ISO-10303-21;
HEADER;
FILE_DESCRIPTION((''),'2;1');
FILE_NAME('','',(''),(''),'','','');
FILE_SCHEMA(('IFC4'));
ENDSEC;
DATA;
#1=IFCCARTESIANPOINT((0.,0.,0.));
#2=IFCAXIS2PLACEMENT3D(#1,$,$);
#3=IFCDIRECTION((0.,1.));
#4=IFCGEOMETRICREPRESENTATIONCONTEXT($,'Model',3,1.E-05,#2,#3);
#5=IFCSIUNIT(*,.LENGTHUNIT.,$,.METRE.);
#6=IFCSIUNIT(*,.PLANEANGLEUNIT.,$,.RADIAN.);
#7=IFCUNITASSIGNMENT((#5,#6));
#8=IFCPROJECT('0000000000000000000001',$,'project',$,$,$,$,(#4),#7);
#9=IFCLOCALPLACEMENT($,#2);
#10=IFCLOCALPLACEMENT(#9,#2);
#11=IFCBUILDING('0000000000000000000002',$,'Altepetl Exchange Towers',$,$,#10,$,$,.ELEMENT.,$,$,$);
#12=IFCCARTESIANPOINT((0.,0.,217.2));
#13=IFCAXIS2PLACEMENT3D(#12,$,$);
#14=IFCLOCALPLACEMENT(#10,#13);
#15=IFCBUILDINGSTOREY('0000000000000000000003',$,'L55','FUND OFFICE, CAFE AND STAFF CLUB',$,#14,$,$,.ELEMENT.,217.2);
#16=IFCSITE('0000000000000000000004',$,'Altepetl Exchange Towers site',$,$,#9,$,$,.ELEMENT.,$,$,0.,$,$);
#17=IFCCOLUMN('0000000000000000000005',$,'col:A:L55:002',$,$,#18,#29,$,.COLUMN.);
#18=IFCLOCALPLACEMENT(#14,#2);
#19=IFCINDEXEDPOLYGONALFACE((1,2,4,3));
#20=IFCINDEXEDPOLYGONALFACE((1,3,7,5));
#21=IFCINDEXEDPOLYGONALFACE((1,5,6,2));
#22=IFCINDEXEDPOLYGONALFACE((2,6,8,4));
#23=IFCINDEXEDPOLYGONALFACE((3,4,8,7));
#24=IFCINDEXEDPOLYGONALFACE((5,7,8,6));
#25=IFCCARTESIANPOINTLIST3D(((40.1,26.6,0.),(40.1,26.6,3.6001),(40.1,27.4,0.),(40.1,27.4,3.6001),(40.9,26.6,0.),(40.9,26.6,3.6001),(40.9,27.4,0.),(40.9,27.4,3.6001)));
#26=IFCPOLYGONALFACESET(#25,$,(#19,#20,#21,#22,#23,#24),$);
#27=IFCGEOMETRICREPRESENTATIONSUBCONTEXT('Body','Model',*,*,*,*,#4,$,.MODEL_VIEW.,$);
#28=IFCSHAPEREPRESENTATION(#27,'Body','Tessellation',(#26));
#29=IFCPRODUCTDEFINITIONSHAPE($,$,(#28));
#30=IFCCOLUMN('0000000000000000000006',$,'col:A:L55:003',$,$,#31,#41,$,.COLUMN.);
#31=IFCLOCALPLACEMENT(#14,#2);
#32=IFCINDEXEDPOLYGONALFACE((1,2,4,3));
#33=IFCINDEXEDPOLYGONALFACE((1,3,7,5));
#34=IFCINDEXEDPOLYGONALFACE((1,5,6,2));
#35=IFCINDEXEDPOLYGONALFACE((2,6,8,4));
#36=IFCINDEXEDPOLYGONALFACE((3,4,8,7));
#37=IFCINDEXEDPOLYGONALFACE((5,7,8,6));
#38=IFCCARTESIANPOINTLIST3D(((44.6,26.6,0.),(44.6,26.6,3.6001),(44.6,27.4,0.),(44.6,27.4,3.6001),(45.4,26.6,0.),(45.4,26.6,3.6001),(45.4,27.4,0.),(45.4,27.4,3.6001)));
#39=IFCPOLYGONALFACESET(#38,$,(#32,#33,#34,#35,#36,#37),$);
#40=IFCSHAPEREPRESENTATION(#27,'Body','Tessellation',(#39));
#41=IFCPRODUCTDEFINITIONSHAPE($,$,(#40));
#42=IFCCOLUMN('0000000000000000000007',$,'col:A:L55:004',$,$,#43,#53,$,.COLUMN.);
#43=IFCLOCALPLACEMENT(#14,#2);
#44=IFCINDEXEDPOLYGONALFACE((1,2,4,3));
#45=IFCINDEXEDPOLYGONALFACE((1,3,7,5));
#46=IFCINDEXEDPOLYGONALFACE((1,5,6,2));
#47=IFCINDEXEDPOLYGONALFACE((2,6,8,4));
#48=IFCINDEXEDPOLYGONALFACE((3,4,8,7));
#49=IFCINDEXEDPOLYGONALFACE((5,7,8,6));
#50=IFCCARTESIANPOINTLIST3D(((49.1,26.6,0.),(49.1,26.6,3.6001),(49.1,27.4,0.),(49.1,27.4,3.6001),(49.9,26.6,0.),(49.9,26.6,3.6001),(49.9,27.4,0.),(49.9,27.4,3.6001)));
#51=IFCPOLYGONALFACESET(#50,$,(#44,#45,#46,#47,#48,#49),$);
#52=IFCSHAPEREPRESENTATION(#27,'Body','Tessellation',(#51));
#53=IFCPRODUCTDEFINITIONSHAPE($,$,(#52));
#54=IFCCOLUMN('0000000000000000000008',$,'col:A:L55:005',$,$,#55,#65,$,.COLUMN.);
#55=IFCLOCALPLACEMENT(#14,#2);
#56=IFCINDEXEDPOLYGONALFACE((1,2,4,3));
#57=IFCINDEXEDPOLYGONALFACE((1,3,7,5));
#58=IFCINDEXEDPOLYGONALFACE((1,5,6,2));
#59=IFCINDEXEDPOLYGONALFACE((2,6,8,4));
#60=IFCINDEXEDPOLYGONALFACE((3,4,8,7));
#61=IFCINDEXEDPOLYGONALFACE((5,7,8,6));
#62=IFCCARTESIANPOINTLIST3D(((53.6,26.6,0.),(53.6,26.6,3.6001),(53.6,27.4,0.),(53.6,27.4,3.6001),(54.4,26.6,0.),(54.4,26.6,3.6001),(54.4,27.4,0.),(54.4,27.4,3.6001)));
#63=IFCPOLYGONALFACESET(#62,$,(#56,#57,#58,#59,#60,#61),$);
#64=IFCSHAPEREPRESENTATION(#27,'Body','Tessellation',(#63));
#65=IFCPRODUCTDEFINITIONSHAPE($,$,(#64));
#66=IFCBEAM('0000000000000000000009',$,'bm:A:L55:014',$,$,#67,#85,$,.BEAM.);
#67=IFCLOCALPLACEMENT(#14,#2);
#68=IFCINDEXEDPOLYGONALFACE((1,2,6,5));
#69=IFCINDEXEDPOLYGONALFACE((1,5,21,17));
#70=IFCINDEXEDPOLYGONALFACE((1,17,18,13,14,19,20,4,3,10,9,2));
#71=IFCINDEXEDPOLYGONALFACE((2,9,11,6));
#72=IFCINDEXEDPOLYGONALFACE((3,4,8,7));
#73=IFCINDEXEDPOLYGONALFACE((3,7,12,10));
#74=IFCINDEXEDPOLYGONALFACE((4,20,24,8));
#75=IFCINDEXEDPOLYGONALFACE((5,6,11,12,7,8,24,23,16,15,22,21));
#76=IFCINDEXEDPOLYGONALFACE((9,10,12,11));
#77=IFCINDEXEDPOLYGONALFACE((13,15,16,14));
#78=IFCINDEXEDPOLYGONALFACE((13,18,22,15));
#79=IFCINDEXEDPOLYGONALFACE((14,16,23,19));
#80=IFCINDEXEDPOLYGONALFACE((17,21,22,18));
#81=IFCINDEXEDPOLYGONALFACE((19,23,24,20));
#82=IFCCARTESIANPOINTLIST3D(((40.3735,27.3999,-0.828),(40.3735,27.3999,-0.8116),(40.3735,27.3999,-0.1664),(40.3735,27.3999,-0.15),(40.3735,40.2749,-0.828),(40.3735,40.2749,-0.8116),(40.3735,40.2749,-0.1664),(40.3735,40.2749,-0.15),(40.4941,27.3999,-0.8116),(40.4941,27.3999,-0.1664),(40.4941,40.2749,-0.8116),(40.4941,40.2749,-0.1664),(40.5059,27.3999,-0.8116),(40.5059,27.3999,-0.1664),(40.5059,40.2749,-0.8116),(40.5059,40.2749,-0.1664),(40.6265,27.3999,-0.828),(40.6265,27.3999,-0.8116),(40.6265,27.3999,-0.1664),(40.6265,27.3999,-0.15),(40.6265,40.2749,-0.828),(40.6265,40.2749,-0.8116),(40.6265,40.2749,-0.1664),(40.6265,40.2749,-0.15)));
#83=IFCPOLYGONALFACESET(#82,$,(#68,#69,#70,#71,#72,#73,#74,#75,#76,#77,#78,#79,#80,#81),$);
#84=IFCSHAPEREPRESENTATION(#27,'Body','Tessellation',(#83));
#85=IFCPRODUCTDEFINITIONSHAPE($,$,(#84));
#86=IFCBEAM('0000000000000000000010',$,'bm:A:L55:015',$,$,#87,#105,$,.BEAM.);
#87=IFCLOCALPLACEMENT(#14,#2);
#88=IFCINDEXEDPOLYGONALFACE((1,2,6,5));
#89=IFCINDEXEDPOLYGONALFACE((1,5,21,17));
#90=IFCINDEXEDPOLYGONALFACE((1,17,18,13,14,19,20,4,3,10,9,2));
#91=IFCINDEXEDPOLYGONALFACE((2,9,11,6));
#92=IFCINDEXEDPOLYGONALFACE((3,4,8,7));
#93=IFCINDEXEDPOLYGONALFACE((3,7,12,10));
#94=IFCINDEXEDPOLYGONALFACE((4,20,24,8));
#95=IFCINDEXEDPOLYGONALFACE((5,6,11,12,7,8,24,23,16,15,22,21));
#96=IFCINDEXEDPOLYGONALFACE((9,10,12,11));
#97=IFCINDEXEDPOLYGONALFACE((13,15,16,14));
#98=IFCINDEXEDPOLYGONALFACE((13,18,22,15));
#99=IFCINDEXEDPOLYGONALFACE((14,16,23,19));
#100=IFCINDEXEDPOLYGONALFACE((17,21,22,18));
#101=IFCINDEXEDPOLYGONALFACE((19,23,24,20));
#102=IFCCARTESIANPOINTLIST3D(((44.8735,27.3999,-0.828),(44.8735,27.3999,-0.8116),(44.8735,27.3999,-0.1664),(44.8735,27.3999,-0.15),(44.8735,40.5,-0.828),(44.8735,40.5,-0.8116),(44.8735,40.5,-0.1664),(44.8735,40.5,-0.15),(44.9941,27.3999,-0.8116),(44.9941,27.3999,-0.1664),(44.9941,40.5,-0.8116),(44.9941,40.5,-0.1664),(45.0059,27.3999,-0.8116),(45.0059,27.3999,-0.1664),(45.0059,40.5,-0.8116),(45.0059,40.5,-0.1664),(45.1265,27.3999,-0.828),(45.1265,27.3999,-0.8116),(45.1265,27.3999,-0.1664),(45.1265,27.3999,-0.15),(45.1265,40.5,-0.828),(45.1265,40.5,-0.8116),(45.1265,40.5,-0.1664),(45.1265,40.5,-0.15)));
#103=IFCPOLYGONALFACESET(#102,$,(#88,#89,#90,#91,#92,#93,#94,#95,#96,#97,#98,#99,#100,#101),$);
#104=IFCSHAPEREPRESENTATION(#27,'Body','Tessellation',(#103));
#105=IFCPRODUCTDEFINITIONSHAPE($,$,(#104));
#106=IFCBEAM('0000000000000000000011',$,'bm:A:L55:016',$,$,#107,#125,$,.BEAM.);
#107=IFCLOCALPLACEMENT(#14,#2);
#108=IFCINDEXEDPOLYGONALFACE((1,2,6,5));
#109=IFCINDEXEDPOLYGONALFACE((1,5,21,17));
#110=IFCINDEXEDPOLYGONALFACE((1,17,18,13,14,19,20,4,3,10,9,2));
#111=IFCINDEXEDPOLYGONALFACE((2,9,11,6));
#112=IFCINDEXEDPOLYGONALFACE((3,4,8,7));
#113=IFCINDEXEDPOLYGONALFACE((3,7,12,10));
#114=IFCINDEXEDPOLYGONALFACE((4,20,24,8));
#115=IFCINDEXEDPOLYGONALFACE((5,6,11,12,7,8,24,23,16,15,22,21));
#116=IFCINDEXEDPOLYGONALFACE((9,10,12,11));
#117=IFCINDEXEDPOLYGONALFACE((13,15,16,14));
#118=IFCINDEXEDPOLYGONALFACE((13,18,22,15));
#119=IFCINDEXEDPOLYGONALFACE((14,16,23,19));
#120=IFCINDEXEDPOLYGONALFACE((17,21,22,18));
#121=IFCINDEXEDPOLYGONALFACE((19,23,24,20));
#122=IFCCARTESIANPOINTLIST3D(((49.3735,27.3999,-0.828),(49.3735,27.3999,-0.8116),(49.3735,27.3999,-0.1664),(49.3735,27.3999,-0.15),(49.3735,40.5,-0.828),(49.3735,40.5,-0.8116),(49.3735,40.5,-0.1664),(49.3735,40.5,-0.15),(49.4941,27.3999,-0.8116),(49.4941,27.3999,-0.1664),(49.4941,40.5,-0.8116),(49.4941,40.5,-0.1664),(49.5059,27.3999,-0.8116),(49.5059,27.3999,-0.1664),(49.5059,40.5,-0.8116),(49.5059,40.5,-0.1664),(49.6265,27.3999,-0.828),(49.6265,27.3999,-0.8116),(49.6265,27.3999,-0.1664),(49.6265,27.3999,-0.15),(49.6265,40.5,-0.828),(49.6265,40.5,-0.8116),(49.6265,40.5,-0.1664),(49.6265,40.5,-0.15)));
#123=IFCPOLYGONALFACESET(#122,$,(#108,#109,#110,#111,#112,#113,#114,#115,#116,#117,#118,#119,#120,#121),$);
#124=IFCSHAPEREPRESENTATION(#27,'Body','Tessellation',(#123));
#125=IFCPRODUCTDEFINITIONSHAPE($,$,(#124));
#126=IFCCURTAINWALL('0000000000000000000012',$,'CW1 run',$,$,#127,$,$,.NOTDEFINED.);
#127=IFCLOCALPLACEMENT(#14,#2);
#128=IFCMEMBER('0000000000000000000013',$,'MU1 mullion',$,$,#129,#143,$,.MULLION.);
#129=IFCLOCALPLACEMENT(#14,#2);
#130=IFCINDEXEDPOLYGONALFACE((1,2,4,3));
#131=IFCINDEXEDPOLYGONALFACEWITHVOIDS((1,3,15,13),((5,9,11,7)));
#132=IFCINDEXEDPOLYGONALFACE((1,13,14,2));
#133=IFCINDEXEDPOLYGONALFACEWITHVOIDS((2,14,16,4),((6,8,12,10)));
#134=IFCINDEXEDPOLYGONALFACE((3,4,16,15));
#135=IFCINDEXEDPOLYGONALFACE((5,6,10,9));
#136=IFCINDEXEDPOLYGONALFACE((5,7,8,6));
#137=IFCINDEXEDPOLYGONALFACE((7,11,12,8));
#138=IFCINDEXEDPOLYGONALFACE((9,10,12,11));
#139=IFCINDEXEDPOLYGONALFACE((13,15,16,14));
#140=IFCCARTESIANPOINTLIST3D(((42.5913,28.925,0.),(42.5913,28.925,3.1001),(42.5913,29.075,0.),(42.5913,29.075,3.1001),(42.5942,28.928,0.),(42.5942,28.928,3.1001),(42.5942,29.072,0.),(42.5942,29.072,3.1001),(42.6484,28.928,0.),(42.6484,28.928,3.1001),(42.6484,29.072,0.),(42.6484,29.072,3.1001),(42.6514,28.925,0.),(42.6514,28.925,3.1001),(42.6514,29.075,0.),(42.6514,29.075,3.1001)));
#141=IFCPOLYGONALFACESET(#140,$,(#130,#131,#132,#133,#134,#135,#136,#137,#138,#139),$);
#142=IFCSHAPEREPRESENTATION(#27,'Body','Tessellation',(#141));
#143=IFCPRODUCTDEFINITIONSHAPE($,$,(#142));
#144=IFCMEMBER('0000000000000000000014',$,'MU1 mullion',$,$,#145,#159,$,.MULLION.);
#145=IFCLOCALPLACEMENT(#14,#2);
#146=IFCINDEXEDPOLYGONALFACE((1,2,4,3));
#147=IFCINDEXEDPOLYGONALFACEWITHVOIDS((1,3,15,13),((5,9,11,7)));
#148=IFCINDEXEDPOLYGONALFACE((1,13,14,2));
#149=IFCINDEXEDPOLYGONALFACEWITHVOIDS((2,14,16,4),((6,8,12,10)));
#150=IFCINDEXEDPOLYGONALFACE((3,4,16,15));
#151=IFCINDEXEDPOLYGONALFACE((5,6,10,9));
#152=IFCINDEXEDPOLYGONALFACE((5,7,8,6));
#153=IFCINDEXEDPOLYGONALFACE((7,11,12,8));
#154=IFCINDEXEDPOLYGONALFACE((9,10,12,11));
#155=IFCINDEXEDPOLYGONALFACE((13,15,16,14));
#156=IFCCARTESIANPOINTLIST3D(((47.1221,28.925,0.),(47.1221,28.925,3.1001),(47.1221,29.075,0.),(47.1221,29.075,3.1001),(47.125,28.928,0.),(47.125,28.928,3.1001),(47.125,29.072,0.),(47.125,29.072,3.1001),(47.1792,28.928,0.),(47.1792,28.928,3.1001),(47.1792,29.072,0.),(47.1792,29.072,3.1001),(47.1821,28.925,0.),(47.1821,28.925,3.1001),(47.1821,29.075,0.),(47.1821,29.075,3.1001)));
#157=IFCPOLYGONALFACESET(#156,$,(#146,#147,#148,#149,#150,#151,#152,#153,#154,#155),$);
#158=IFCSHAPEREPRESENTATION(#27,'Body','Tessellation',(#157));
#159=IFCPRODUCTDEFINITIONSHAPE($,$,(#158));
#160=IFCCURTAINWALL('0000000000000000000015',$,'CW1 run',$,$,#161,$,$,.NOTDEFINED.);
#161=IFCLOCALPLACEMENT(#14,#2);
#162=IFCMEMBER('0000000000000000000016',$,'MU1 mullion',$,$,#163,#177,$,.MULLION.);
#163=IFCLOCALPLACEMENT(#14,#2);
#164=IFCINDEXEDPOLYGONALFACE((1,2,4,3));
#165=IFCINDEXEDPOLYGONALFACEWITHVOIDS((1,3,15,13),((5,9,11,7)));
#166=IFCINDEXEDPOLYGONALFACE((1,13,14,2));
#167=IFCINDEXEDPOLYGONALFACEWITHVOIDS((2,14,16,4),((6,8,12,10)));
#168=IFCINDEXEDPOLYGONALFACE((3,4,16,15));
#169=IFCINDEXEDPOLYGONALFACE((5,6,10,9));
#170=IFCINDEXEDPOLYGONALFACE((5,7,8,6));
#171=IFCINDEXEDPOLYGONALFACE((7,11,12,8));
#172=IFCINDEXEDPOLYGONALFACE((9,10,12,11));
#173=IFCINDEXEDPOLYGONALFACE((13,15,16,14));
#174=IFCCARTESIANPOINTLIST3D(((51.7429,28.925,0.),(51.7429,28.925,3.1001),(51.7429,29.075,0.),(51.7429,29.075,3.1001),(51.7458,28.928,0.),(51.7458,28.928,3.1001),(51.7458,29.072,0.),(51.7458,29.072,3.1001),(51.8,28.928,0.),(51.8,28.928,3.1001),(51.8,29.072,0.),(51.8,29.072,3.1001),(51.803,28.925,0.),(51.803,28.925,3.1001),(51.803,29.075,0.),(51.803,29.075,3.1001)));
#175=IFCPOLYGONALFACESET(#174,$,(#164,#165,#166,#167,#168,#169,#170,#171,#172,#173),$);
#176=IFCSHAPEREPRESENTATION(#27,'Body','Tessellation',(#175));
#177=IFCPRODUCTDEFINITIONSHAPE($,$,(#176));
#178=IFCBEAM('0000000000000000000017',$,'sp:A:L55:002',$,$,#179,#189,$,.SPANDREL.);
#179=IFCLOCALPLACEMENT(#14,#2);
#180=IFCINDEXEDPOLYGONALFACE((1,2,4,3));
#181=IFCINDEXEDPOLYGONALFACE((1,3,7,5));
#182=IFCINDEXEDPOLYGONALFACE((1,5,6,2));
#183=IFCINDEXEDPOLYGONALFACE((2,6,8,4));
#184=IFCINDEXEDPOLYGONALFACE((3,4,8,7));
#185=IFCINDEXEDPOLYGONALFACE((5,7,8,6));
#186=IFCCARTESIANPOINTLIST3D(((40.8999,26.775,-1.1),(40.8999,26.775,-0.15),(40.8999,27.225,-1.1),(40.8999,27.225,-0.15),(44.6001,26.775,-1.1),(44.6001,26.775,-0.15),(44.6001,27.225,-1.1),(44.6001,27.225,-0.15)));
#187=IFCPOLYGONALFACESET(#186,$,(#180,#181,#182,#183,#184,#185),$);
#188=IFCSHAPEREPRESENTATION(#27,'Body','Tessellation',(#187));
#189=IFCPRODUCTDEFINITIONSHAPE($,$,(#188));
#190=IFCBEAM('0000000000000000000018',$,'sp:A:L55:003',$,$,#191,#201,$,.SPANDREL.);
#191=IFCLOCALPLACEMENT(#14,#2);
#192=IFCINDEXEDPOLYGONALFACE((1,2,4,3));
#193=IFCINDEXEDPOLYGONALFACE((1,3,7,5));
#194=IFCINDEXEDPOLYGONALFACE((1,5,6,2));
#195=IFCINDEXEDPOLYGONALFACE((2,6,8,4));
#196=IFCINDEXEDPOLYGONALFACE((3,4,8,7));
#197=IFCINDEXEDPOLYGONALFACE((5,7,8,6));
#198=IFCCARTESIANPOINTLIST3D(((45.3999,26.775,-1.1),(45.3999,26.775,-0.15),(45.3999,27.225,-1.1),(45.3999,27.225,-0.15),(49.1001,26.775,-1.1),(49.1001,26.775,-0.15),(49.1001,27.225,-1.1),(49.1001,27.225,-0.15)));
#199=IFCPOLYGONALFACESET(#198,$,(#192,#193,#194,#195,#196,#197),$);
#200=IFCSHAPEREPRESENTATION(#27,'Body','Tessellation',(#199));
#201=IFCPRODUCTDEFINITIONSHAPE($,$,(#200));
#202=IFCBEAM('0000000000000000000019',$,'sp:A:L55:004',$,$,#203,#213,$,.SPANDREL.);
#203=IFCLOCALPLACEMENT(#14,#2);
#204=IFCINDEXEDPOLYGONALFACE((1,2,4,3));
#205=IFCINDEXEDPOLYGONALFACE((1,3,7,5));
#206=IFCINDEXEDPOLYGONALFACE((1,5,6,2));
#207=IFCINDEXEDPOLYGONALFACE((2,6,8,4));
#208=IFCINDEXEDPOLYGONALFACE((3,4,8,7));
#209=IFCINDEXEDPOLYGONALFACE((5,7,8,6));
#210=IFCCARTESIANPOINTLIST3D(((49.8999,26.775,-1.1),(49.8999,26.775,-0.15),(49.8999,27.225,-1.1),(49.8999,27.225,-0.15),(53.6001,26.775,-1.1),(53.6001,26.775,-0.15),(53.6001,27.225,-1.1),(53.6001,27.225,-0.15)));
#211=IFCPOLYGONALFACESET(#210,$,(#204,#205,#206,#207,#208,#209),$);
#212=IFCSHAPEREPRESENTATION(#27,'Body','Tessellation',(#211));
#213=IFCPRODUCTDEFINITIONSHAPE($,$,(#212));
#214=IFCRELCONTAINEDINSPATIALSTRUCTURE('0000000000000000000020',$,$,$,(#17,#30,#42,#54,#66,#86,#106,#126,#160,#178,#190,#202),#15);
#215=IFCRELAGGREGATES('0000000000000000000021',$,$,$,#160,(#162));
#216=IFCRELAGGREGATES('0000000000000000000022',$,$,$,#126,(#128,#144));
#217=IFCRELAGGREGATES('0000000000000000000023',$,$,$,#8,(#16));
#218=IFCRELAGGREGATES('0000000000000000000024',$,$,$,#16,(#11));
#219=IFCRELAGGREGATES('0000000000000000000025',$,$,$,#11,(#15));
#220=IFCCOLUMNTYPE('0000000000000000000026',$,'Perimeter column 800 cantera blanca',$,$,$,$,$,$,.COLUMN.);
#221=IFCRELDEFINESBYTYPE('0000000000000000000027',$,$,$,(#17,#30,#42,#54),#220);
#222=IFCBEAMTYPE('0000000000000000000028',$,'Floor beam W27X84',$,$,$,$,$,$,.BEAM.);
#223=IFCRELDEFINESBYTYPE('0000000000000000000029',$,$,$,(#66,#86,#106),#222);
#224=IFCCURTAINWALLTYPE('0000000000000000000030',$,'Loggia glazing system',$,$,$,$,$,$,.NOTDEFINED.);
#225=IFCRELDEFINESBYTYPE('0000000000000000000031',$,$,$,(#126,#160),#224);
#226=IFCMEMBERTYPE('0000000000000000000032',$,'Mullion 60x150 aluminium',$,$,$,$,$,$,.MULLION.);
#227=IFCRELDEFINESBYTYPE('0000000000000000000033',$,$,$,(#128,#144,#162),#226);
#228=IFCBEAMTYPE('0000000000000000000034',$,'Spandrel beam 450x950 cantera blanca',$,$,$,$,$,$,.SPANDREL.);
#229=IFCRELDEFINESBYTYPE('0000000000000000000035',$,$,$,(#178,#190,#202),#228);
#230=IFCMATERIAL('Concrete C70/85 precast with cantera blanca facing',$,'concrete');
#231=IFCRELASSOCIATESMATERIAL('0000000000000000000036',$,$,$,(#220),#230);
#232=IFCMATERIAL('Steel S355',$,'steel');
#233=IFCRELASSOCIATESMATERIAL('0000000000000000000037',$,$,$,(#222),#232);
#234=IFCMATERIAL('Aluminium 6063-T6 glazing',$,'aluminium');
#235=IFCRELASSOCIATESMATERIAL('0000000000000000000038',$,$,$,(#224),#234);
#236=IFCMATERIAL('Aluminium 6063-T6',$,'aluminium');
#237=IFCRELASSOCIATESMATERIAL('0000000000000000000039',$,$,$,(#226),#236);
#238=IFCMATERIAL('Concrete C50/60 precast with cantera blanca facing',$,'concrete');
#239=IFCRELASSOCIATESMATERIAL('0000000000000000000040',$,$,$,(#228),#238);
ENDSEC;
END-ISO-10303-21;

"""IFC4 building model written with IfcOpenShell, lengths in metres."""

from ifc_helpers import new_model, si_unit, direction, frame, origin, origin_2d, place, context, subcontext, project, spatial, rectangle, hollow_rectangle, i_section, extrude, material, material_profile, profile_set, type_object, element, aggregate, save


model = new_model("IFC4")

# Units and contexts
model_context = context("Model", 3, precision=1e-05, world=origin(), true_north=direction((0.0, 1.0)))
body_context = subcontext(model_context, "Body", "Model", "MODEL_VIEW")
ifc_project = project(units=[si_unit("LENGTHUNIT", "METRE"), si_unit("PLANEANGLEUNIT", "RADIAN")], contexts=[model_context])

# Site, building, storey
site_placement = place(None, origin())
site = spatial("IfcSite", under=ifc_project, at=site_placement, Name="Altepetl Exchange Towers site", CompositionType="ELEMENT", RefElevation=0.0)
building_placement = place(site_placement, origin())
building = spatial("IfcBuilding", under=site, at=building_placement, Name="Altepetl Exchange Towers", CompositionType="ELEMENT")
storey_placement = place(building_placement, frame((0.0, 0.0, 217.2)))
storey = spatial("IfcBuildingStorey", under=building, at=storey_placement, Name="L55", Description="FUND OFFICE, CAFE AND STAFF CLUB", CompositionType="ELEMENT", Elevation=217.2)

# Columns
ifc_material_1 = material(Name="Concrete C70/85 precast with cantera blanca facing", Category="concrete")
ifc_material_profile_1 = material_profile(ifc_material_1, rectangle(XDim=0.8, YDim=0.8, at=origin_2d()), Name="800 x 800")
ifc_profile_set_1 = profile_set([ifc_material_profile_1], Name="Concrete C70/85 precast with cantera blanca facing")
column_type = type_object("IfcColumnType", Name="Perimeter column 800 cantera blanca", PredefinedType="COLUMN", material=ifc_profile_set_1)
for number, where, name in (
    (1, (40.5, 27.0, 0.0), "col:A:L55:002"),
    (2, (45.0, 27.0, 0.0), "col:A:L55:003"),
    (3, (49.5, 27.0, 0.0), "col:A:L55:004"),
    (4, (54.0, 27.0, 0.0), "col:A:L55:005"),
):
    element("IfcColumn", number, at=place(storey_placement, frame(where)), inside=storey, type_object=column_type, Name=name, PredefinedType="COLUMN", context=body_context, shape_type="SweptSolid", body=[
        extrude(rectangle(XDim=0.8, YDim=0.8, at=origin_2d()), origin(), (0.0, 0.0, 1.0), 3.6001),
    ])

# Beams
ifc_material_2 = material(Name="Steel S355", Category="steel")
ifc_material_profile_2 = material_profile(ifc_material_2, i_section(OverallWidth=0.2529, OverallDepth=0.678, WebThickness=0.0117, FlangeThickness=0.0164, at=origin_2d()), Name="W27X84")
ifc_profile_set_2 = profile_set([ifc_material_profile_2], Name="Steel S355")
beam_type_1 = type_object("IfcBeamType", Name="Floor beam W27X84", PredefinedType="BEAM", material=ifc_profile_set_2)
beam_placement = place(storey_placement, frame((40.5, 27.3999, -0.489), z_axis=(0.0, 1.0, 0.0), x_axis=(-1.0, 0.0, 0.0)))
element("IfcBeam", 5, at=beam_placement, inside=storey, type_object=beam_type_1, Name="bm:A:L55:014", PredefinedType="BEAM", context=body_context, shape_type="SweptSolid", body=[
    extrude(i_section(OverallWidth=0.2529, OverallDepth=0.678, WebThickness=0.0117, FlangeThickness=0.0164, at=origin_2d()), origin(), (0.0, 0.0, 1.0), 12.875),
])
for number, where, z_axis, x_axis, name in (
    (6, (45.0, 27.3999, -0.489), (0.0, 1.0, 0.0), (-1.0, 0.0, 0.0), "bm:A:L55:015"),
    (7, (49.5, 27.3999, -0.489), (0.0, 1.0, 0.0), (-1.0, 0.0, 0.0), "bm:A:L55:016"),
):
    element("IfcBeam", number, at=place(storey_placement, frame(where, z_axis=z_axis, x_axis=x_axis)), inside=storey, type_object=beam_type_1, Name=name, PredefinedType="BEAM", context=body_context, shape_type="SweptSolid", body=[
        extrude(i_section(OverallWidth=0.2529, OverallDepth=0.678, WebThickness=0.0117, FlangeThickness=0.0164, at=origin_2d()), origin(), (0.0, 0.0, 1.0), 13.1001),
    ])

# Curtain wall, members
ifc_material_3 = material(Name="Aluminium 6063-T6 glazing", Category="aluminium")
curtain_wall_type = type_object("IfcCurtainWallType", Name="Loggia glazing system", PredefinedType="NOTDEFINED", material=ifc_material_3)
curtain_wall_1_placement = place(storey_placement, origin())
curtain_wall_1 = element("IfcCurtainWall", 8, at=curtain_wall_1_placement, inside=storey, type_object=curtain_wall_type, Name="CW1 run", PredefinedType="NOTDEFINED")
ifc_material_4 = material(Name="Aluminium 6063-T6", Category="aluminium")
ifc_material_profile_3 = material_profile(ifc_material_4, hollow_rectangle(XDim=0.0601, YDim=0.1499, WallThickness=0.0029, at=origin_2d()), Name="Mullion 60x150 aluminium")
ifc_profile_set_3 = profile_set([ifc_material_profile_3], Name="Aluminium 6063-T6")
member_type = type_object("IfcMemberType", Name="Mullion 60x150 aluminium", PredefinedType="MULLION", material=ifc_profile_set_3)
member_1_placement = place(storey_placement, frame((42.6213, 29.0, 0.0)))
member_1 = element("IfcMember", 9, at=member_1_placement, type_object=member_type, Name="MU1 mullion", PredefinedType="MULLION", context=body_context, shape_type="SweptSolid", body=[
    extrude(hollow_rectangle(XDim=0.0601, YDim=0.1499, WallThickness=0.0029, at=origin_2d()), origin(), (0.0, 0.0, 1.0), 3.1001),
])
member_2_placement = place(storey_placement, frame((47.1521, 29.0, 0.0)))
member_2 = element("IfcMember", 10, at=member_2_placement, type_object=member_type, Name="MU1 mullion", PredefinedType="MULLION", context=body_context, shape_type="SweptSolid", body=[
    extrude(hollow_rectangle(XDim=0.0601, YDim=0.1499, WallThickness=0.0029, at=origin_2d()), origin(), (0.0, 0.0, 1.0), 3.1001),
])

# Curtain wall, member
curtain_wall_2_placement = place(storey_placement, origin())
curtain_wall_2 = element("IfcCurtainWall", 11, at=curtain_wall_2_placement, inside=storey, type_object=curtain_wall_type, Name="CW1 run", PredefinedType="NOTDEFINED")
member_3_placement = place(storey_placement, frame((51.7729, 29.0, 0.0)))
member_3 = element("IfcMember", 12, at=member_3_placement, type_object=member_type, Name="MU1 mullion", PredefinedType="MULLION", context=body_context, shape_type="SweptSolid", body=[
    extrude(hollow_rectangle(XDim=0.0601, YDim=0.1499, WallThickness=0.0029, at=origin_2d()), origin(), (0.0, 0.0, 1.0), 3.1001),
])
aggregate(curtain_wall_2, [member_3])

# Beams
ifc_material_5 = material(Name="Concrete C50/60 precast with cantera blanca facing", Category="concrete")
ifc_material_profile_4 = material_profile(ifc_material_5, rectangle(XDim=0.45, YDim=0.95, at=origin_2d()), Name="450 x 950")
ifc_profile_set_4 = profile_set([ifc_material_profile_4], Name="Concrete C50/60 precast with cantera blanca facing")
beam_type_2 = type_object("IfcBeamType", Name="Spandrel beam 450x950 cantera blanca", PredefinedType="SPANDREL", material=ifc_profile_set_4)
for number, where, z_axis, x_axis, name in (
    (13, (40.8999, 27.0, -0.625), (1.0, 0.0, 0.0), (0.0, 1.0, 0.0), "sp:A:L55:002"),
    (14, (45.3999, 27.0, -0.625), (1.0, 0.0, 0.0), (0.0, 1.0, 0.0), "sp:A:L55:003"),
    (15, (49.8999, 27.0, -0.625), (1.0, 0.0, 0.0), (0.0, 1.0, 0.0), "sp:A:L55:004"),
):
    element("IfcBeam", number, at=place(storey_placement, frame(where, z_axis=z_axis, x_axis=x_axis)), inside=storey, type_object=beam_type_2, Name=name, PredefinedType="SPANDREL", context=body_context, shape_type="SweptSolid", body=[
        extrude(rectangle(XDim=0.45, YDim=0.95, at=origin_2d()), origin(), (0.0, 0.0, 1.0), 3.7002),
    ])

aggregate(curtain_wall_1, [member_1, member_2])

save(model, "model.ifc")
